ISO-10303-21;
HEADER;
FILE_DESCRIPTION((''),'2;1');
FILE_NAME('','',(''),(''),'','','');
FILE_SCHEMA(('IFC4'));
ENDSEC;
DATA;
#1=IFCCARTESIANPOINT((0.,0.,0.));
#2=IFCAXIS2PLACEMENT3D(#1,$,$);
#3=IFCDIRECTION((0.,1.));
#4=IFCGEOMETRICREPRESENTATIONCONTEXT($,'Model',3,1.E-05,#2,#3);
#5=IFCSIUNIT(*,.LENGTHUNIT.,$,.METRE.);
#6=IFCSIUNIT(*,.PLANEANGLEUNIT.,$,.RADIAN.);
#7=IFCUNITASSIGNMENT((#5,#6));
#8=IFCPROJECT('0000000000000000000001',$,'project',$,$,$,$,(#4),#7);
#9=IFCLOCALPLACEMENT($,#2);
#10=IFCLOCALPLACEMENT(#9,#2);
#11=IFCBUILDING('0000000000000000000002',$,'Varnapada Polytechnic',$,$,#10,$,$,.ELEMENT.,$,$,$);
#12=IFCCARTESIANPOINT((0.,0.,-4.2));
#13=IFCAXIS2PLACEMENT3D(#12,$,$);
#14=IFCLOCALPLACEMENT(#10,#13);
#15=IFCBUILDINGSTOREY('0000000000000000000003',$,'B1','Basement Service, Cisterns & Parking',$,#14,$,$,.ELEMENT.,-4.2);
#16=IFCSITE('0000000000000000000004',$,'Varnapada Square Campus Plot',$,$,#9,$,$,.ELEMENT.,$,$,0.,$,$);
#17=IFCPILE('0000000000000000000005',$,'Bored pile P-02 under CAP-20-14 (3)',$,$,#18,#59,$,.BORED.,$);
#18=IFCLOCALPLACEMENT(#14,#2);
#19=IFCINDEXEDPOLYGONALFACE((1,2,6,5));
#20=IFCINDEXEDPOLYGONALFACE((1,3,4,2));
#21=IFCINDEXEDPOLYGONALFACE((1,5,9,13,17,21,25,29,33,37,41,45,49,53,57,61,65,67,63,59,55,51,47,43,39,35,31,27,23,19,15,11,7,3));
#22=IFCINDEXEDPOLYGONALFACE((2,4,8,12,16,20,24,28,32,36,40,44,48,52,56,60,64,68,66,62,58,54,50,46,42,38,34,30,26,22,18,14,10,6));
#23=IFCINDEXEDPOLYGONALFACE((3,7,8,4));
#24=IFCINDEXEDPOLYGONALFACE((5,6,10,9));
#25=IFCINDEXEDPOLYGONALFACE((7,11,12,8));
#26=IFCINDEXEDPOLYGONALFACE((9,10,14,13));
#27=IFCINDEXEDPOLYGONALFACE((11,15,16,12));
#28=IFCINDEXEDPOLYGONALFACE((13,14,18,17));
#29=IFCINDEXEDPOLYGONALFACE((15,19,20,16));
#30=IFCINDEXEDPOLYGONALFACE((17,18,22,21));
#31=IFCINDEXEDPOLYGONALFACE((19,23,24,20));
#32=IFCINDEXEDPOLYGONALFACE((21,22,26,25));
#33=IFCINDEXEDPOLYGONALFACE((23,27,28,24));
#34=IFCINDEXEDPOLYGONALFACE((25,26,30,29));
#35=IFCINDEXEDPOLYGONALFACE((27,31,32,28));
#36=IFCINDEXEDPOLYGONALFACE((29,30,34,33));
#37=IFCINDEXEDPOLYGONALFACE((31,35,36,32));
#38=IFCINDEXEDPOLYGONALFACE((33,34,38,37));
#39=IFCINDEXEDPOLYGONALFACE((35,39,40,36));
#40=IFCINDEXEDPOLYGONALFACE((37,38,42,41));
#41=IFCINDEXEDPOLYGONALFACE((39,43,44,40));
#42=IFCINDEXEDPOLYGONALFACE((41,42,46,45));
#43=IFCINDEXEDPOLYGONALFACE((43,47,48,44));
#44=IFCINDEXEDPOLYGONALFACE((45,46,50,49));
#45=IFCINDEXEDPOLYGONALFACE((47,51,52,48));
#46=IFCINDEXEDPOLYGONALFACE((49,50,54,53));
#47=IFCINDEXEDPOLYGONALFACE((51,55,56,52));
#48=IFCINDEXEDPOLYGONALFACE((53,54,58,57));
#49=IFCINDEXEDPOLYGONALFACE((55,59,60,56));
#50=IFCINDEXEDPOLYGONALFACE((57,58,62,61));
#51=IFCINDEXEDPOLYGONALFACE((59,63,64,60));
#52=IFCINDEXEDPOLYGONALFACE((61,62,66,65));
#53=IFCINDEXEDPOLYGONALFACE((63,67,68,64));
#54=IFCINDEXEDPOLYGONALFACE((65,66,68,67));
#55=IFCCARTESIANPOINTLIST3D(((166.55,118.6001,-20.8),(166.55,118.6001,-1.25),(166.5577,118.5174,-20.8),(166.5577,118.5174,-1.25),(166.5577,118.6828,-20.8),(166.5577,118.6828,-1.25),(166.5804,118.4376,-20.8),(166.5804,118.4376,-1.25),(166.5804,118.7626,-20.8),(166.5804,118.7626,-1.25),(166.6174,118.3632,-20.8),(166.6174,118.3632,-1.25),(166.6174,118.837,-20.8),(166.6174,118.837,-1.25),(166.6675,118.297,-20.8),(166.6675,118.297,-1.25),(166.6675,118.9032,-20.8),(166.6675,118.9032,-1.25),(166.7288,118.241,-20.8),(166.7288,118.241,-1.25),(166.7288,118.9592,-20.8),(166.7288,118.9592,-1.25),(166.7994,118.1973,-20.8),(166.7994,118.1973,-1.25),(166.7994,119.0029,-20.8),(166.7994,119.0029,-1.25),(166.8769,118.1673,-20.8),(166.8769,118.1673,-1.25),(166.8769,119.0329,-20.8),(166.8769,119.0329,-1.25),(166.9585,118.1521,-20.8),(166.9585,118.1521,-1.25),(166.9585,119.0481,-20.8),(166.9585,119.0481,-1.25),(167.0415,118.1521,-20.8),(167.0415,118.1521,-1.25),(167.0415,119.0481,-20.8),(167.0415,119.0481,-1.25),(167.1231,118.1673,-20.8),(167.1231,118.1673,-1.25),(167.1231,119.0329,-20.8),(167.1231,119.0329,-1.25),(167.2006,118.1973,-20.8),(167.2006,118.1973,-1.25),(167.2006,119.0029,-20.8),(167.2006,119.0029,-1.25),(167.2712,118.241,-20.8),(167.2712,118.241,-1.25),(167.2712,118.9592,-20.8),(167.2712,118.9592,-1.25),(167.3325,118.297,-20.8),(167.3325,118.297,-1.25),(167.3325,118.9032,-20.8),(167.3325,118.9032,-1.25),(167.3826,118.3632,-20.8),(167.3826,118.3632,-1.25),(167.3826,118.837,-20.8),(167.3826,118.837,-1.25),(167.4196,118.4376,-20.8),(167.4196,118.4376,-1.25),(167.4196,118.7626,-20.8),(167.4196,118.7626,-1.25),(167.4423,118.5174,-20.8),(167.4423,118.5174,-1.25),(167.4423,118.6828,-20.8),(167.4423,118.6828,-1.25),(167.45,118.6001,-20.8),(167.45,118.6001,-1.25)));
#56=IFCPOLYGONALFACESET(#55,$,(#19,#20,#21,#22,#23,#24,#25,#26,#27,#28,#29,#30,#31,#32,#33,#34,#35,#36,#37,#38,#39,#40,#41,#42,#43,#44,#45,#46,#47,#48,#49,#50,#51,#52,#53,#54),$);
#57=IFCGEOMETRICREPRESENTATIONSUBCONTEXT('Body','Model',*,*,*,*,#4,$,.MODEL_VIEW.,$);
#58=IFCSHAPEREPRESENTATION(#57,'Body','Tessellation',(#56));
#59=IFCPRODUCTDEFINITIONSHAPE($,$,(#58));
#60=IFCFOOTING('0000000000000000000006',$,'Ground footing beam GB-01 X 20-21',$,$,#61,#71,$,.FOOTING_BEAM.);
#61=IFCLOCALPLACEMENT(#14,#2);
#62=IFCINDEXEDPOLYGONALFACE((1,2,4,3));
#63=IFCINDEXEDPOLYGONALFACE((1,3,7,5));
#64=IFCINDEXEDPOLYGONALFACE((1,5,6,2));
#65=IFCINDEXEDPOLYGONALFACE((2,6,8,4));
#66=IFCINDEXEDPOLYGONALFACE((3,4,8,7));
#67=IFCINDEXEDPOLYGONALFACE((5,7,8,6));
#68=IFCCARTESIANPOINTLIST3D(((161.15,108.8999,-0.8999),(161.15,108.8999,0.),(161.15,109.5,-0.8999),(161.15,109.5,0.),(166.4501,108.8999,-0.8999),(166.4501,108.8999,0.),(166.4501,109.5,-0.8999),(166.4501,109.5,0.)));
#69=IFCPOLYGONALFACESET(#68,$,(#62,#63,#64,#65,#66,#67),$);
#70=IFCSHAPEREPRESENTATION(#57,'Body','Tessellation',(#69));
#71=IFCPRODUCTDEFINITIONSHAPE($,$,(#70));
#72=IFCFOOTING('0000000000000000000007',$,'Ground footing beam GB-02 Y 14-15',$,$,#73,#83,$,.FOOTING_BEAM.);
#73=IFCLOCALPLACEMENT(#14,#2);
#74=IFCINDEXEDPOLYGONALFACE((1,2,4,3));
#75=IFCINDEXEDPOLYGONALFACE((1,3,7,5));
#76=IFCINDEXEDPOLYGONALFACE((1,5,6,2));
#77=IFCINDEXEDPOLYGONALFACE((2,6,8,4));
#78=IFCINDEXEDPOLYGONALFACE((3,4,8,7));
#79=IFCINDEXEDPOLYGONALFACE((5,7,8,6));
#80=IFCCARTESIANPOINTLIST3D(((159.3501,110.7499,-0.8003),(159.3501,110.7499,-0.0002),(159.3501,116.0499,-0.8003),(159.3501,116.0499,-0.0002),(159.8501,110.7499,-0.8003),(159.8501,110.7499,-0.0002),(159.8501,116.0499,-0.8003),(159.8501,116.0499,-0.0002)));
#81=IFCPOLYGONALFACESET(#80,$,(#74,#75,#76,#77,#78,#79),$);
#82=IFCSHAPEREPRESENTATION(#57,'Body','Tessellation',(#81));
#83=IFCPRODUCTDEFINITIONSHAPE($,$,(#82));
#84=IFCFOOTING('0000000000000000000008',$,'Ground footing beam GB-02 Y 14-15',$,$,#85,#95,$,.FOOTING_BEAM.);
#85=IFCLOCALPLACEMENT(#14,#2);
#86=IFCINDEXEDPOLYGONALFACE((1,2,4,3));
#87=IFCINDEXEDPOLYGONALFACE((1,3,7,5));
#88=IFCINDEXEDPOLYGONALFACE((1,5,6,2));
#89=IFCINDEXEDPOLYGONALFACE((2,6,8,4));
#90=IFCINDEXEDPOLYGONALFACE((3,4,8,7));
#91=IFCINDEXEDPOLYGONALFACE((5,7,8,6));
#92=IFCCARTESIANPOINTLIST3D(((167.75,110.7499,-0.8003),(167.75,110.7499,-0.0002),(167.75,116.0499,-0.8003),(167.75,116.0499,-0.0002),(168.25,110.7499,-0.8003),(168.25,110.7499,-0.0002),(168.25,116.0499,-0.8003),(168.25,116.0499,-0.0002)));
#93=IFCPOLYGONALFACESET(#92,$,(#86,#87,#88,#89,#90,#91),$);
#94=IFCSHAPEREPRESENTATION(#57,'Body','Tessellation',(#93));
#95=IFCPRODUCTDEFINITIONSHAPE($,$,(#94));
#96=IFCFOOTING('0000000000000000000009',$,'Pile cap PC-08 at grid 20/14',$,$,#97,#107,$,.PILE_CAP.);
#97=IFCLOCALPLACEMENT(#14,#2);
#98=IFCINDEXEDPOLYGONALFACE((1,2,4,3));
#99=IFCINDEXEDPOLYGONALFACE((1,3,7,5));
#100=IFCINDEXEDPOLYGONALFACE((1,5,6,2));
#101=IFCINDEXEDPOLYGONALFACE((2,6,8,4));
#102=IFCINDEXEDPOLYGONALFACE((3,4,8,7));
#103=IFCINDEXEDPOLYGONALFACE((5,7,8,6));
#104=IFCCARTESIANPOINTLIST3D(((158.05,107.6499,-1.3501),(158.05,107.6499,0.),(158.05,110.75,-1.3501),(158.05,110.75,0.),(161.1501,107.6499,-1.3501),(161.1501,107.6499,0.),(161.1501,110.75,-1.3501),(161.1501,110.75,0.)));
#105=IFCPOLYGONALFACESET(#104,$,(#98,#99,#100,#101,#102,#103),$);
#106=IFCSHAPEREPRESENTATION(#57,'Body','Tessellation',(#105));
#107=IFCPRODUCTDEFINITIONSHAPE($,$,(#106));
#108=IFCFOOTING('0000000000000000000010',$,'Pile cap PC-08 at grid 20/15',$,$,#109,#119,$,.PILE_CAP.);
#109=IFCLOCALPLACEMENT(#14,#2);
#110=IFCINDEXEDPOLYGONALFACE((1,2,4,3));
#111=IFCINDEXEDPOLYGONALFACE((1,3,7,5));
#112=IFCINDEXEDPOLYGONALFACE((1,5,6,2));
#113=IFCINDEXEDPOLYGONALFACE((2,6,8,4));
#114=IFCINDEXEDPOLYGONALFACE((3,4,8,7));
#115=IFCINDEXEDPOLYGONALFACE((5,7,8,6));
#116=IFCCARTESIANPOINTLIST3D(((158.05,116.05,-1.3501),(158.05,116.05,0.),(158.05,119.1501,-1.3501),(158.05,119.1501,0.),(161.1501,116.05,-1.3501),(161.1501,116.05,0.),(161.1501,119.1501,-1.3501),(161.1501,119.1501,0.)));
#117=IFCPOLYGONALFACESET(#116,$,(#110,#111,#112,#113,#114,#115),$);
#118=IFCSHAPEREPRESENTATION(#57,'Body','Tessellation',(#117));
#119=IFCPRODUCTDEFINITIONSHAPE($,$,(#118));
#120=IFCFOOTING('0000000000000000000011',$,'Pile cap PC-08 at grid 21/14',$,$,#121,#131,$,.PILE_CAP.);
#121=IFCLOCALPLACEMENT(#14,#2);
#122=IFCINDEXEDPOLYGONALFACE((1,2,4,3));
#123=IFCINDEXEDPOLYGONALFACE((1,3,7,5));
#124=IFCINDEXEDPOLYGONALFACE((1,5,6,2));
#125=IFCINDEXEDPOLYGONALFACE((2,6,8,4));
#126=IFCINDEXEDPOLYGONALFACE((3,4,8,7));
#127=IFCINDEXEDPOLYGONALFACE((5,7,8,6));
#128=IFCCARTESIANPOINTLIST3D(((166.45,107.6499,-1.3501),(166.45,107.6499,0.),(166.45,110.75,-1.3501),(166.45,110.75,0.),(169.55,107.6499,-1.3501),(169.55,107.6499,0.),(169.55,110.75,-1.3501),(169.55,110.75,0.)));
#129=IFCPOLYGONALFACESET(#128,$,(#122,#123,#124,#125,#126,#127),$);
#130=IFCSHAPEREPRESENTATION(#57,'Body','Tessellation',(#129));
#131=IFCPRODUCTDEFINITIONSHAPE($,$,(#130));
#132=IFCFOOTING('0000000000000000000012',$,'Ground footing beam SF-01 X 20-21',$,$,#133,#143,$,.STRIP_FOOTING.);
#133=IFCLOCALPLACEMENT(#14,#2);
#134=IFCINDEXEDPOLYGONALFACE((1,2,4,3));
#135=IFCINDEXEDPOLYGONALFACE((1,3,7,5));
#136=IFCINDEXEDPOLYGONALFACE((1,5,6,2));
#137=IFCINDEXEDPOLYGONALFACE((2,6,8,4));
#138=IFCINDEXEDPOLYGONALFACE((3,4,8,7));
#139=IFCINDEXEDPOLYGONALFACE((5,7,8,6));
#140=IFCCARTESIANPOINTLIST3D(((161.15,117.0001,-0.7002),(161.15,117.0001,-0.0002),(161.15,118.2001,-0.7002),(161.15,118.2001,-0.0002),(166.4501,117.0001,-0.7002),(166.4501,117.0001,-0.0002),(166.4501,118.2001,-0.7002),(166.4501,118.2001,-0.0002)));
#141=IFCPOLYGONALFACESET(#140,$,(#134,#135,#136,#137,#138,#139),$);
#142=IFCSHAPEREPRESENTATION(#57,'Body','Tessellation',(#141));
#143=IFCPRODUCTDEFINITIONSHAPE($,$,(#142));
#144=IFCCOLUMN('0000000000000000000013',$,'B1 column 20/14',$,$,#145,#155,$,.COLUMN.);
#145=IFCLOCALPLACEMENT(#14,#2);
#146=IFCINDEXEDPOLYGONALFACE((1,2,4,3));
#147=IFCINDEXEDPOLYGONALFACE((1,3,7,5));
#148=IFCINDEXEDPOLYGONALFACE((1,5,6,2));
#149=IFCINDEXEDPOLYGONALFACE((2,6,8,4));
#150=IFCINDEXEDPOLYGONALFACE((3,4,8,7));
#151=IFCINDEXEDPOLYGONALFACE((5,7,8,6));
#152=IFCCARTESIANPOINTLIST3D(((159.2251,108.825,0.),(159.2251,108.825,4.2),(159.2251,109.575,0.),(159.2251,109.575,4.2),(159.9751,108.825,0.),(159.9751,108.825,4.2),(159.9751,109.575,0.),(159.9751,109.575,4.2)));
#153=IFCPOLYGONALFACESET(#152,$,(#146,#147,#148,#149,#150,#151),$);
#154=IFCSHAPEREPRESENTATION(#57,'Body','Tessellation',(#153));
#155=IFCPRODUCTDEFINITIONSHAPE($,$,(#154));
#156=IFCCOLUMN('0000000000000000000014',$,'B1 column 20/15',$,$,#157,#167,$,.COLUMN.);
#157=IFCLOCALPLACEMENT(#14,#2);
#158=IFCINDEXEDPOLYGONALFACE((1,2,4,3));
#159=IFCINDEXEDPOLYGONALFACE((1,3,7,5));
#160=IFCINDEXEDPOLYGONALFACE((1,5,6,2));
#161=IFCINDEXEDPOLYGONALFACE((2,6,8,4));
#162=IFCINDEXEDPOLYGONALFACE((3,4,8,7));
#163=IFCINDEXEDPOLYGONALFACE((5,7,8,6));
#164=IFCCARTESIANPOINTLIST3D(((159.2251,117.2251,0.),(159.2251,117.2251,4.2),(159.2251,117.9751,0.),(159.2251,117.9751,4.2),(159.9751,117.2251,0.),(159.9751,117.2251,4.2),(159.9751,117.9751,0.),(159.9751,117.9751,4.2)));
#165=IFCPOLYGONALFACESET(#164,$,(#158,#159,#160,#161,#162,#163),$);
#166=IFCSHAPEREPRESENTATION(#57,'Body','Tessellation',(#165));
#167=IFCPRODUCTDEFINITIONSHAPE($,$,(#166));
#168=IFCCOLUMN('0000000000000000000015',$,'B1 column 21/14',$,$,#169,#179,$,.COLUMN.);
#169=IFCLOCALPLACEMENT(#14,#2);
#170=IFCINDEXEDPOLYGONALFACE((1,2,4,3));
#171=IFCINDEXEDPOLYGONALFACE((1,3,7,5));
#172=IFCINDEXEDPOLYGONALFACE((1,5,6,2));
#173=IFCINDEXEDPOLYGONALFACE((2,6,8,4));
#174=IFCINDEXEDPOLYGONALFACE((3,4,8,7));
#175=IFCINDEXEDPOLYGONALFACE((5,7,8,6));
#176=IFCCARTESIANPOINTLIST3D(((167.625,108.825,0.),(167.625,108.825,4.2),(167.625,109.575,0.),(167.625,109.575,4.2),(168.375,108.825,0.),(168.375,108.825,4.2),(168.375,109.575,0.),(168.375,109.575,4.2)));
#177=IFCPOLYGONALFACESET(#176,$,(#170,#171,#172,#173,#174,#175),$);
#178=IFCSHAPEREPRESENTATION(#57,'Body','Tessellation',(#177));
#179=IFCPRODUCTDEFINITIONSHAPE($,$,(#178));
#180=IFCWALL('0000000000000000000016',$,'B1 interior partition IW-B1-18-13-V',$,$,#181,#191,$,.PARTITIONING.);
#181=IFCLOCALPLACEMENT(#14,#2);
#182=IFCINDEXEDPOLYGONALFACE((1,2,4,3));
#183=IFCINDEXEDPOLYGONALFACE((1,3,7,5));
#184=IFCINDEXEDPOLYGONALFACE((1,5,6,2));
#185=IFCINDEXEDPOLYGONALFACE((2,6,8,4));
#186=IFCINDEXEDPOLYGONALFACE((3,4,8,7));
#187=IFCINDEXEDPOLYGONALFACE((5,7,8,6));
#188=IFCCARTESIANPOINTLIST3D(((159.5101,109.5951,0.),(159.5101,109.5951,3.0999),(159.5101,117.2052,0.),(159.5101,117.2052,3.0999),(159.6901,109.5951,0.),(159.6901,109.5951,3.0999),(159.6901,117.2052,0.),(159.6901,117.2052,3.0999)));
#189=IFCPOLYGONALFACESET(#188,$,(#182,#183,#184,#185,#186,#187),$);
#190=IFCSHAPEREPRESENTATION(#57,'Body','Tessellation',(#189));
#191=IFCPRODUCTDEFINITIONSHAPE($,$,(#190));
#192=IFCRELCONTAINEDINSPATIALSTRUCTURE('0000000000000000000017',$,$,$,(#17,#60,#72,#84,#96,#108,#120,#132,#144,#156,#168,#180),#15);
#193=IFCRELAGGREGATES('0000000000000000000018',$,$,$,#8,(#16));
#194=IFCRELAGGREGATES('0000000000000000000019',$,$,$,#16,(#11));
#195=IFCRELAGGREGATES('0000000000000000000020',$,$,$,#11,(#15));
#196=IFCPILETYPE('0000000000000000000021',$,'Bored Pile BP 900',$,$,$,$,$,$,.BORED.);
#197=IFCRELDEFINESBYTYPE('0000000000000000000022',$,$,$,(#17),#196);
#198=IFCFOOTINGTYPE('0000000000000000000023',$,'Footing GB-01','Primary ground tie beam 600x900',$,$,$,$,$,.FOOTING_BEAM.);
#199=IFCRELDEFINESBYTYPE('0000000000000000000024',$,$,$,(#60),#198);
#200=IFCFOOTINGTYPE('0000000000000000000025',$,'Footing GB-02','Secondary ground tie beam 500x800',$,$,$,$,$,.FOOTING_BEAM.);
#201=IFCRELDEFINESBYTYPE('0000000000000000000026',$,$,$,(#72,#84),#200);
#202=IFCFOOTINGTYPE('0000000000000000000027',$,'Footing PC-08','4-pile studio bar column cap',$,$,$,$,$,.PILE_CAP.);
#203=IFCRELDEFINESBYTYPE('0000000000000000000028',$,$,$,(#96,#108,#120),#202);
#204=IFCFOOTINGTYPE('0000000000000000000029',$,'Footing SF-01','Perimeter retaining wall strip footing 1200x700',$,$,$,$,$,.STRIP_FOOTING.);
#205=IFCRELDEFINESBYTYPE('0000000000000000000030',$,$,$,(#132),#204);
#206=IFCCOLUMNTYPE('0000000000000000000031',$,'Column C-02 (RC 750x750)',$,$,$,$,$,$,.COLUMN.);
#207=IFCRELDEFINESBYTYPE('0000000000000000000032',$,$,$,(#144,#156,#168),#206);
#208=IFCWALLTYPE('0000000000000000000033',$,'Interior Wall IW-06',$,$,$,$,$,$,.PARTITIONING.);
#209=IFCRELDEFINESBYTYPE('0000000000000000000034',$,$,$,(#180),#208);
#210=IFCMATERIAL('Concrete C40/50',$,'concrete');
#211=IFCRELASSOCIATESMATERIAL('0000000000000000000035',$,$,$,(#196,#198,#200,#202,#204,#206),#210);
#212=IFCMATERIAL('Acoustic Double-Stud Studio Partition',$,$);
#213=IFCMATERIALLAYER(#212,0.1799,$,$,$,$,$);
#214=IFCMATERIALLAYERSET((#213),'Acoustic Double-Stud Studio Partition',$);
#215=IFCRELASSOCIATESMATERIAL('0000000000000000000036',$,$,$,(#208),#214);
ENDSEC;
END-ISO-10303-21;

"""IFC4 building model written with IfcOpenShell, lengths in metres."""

from ifc_helpers import new_model, si_unit, direction, frame, frame_2d, origin, origin_2d, place, context, subcontext, project, spatial, rectangle, circle, extrude, material, layer, layer_set, material_profile, profile_set, type_object, element, save


model = new_model("IFC4")

# Units and contexts
model_context = context("Model", 3, precision=1e-05, world=origin(), true_north=direction((0.0, 1.0)))
body_context = subcontext(model_context, "Body", "Model", "MODEL_VIEW")
ifc_project = project(units=[si_unit("LENGTHUNIT", "METRE"), si_unit("PLANEANGLEUNIT", "RADIAN")], contexts=[model_context])

# Site, building, storey
site_placement = place(None, origin())
site = spatial("IfcSite", under=ifc_project, at=site_placement, Name="Varnapada Square Campus Plot", CompositionType="ELEMENT", RefElevation=0.0)
building_placement = place(site_placement, origin())
building = spatial("IfcBuilding", under=site, at=building_placement, Name="Varnapada Polytechnic", CompositionType="ELEMENT")
storey_placement = place(building_placement, frame((0.0, 0.0, -4.2)))
storey = spatial("IfcBuildingStorey", under=building, at=storey_placement, Name="B1", Description="Basement Service, Cisterns & Parking", CompositionType="ELEMENT", Elevation=-4.2)

# Pile
ifc_material_1 = material(Name="Concrete C40/50", Category="concrete")
ifc_material_profile_1 = material_profile(ifc_material_1, circle(Radius=0.45, at=origin_2d()), Name="BP 900")
ifc_profile_set_1 = profile_set([ifc_material_profile_1], Name="Concrete C40/50")
pile_type = type_object("IfcPileType", Name="Bored Pile BP 900", PredefinedType="BORED", material=ifc_profile_set_1)
for number, where, z_axis, x_axis, name in (
    (1, (167.0, 118.6001, -1.25), (0.0, 0.0, -1.0), (1.0, 0.0, 0.0), "Bored pile P-02 under CAP-20-14 (3)"),
):
    element("IfcPile", number, at=place(storey_placement, frame(where, z_axis=z_axis, x_axis=x_axis)), inside=storey, type_object=pile_type, Name=name, PredefinedType="BORED", context=body_context, shape_type="SweptSolid", body=[
        extrude(circle(Radius=0.45, at=origin_2d()), origin(), (0.0, 0.0, 1.0), 19.55),
    ])

# Footings
footing_type_1 = type_object("IfcFootingType", Name="Footing GB-01", Description="Primary ground tie beam 600x900", PredefinedType="FOOTING_BEAM", material=ifc_material_1)
footing_1_placement = place(storey_placement, frame((163.8, 109.2, -0.8999), z_axis=(0.0, 0.0, 1.0), x_axis=(1.0, 0.0, 0.0)))
element("IfcFooting", 2, at=footing_1_placement, inside=storey, type_object=footing_type_1, Name="Ground footing beam GB-01 X 20-21", PredefinedType="FOOTING_BEAM", context=body_context, shape_type="SweptSolid", body=[
    extrude(rectangle(XDim=5.3, YDim=0.6001, at=origin_2d()), origin(), (0.0, 0.0, 1.0), 0.8999),
])
footing_type_2 = type_object("IfcFootingType", Name="Footing GB-02", Description="Secondary ground tie beam 500x800", PredefinedType="FOOTING_BEAM", material=ifc_material_1)
for number, where, z_axis, x_axis, name in (
    (3, (159.6001, 113.3999, -0.8003), (0.0, 0.0, 1.0), (0.0, 1.0, 0.0), "Ground footing beam GB-02 Y 14-15"),
    (4, (168.0, 113.3999, -0.8003), (0.0, 0.0, 1.0), (0.0, 1.0, 0.0), "Ground footing beam GB-02 Y 14-15"),
):
    element("IfcFooting", number, at=place(storey_placement, frame(where, z_axis=z_axis, x_axis=x_axis)), inside=storey, type_object=footing_type_2, Name=name, PredefinedType="FOOTING_BEAM", context=body_context, shape_type="SweptSolid", body=[
        extrude(rectangle(XDim=5.3, YDim=0.5, at=origin_2d()), origin(), (0.0, 0.0, 1.0), 0.8),
    ])
footing_type_3 = type_object("IfcFootingType", Name="Footing PC-08", Description="4-pile studio bar column cap", PredefinedType="PILE_CAP", material=ifc_material_1)
for number, where, z_axis, x_axis, name in (
    (5, (159.6001, 109.2, -1.3501), (0.0, 0.0, 1.0), (1.0, 0.0, 0.0), "Pile cap PC-08 at grid 20/14"),
    (6, (159.6001, 117.6001, -1.3501), (0.0, 0.0, 1.0), (1.0, 0.0, 0.0), "Pile cap PC-08 at grid 20/15"),
    (7, (168.0, 109.2, -1.3501), (0.0, 0.0, 1.0), (1.0, 0.0, 0.0), "Pile cap PC-08 at grid 21/14"),
):
    element("IfcFooting", number, at=place(storey_placement, frame(where, z_axis=z_axis, x_axis=x_axis)), inside=storey, type_object=footing_type_3, Name=name, PredefinedType="PILE_CAP", context=body_context, shape_type="SweptSolid", body=[
        extrude(rectangle(XDim=3.1001, YDim=3.1001, at=origin_2d()), origin(), (0.0, 0.0, 1.0), 1.3501),
    ])
footing_type_4 = type_object("IfcFootingType", Name="Footing SF-01", Description="Perimeter retaining wall strip footing 1200x700", PredefinedType="STRIP_FOOTING", material=ifc_material_1)
footing_2_placement = place(storey_placement, frame((163.8, 117.6001, -0.7002), z_axis=(0.0, 0.0, 1.0), x_axis=(1.0, 0.0, 0.0)))
element("IfcFooting", 8, at=footing_2_placement, inside=storey, type_object=footing_type_4, Name="Ground footing beam SF-01 X 20-21", PredefinedType="STRIP_FOOTING", context=body_context, shape_type="SweptSolid", body=[
    extrude(rectangle(XDim=5.3, YDim=1.2, at=origin_2d()), origin(), (0.0, 0.0, 1.0), 0.7),
])

# Columns
ifc_material_profile_2 = material_profile(ifc_material_1, rectangle(XDim=0.75, YDim=0.75, at=origin_2d()), Name="RC 750x750")
ifc_profile_set_2 = profile_set([ifc_material_profile_2], Name="Concrete C40/50")
column_type = type_object("IfcColumnType", Name="Column C-02 (RC 750x750)", PredefinedType="COLUMN", material=ifc_profile_set_2)
for number, where, z_axis, x_axis, name in (
    (9, (159.6001, 109.2, 0.0), (0.0, 0.0, 1.0), (1.0, 0.0, 0.0), "B1 column 20/14"),
    (10, (159.6001, 117.6001, 0.0), (0.0, 0.0, 1.0), (1.0, 0.0, 0.0), "B1 column 20/15"),
    (11, (168.0, 109.2, 0.0), (0.0, 0.0, 1.0), (1.0, 0.0, 0.0), "B1 column 21/14"),
):
    element("IfcColumn", number, at=place(storey_placement, frame(where, z_axis=z_axis, x_axis=x_axis)), inside=storey, type_object=column_type, Name=name, PredefinedType="COLUMN", context=body_context, shape_type="SweptSolid", body=[
        extrude(rectangle(XDim=0.75, YDim=0.75, at=origin_2d()), origin(), (0.0, 0.0, 1.0), 4.2),
    ])

# Wall
ifc_material_2 = material(Name="Acoustic Double-Stud Studio Partition")
ifc_layer_1 = layer(ifc_material_2, 0.1799)
ifc_layer_set_1 = layer_set([ifc_layer_1], Name="Acoustic Double-Stud Studio Partition")
wall_type_1 = type_object("IfcWallType", Name="Interior Wall IW-06", PredefinedType="PARTITIONING", material=ifc_layer_set_1)
wall_1_placement = place(storey_placement, frame((159.6001, 109.595, 0.0), z_axis=(0.0, 0.0, 1.0), x_axis=(0.0, 1.0, 0.0)))
element("IfcWall", 12, at=wall_1_placement, inside=storey, type_object=wall_type_1, Name="B1 interior partition IW-B1-18-13-V", PredefinedType="PARTITIONING", context=body_context, shape_type="SweptSolid", body=[
    extrude(rectangle(XDim=7.6101, YDim=0.1799, at=frame_2d((3.8052, 0.0))), origin(), (0.0, 0.0, 1.0), 3.0999),
])

save(model, "model.ifc")
